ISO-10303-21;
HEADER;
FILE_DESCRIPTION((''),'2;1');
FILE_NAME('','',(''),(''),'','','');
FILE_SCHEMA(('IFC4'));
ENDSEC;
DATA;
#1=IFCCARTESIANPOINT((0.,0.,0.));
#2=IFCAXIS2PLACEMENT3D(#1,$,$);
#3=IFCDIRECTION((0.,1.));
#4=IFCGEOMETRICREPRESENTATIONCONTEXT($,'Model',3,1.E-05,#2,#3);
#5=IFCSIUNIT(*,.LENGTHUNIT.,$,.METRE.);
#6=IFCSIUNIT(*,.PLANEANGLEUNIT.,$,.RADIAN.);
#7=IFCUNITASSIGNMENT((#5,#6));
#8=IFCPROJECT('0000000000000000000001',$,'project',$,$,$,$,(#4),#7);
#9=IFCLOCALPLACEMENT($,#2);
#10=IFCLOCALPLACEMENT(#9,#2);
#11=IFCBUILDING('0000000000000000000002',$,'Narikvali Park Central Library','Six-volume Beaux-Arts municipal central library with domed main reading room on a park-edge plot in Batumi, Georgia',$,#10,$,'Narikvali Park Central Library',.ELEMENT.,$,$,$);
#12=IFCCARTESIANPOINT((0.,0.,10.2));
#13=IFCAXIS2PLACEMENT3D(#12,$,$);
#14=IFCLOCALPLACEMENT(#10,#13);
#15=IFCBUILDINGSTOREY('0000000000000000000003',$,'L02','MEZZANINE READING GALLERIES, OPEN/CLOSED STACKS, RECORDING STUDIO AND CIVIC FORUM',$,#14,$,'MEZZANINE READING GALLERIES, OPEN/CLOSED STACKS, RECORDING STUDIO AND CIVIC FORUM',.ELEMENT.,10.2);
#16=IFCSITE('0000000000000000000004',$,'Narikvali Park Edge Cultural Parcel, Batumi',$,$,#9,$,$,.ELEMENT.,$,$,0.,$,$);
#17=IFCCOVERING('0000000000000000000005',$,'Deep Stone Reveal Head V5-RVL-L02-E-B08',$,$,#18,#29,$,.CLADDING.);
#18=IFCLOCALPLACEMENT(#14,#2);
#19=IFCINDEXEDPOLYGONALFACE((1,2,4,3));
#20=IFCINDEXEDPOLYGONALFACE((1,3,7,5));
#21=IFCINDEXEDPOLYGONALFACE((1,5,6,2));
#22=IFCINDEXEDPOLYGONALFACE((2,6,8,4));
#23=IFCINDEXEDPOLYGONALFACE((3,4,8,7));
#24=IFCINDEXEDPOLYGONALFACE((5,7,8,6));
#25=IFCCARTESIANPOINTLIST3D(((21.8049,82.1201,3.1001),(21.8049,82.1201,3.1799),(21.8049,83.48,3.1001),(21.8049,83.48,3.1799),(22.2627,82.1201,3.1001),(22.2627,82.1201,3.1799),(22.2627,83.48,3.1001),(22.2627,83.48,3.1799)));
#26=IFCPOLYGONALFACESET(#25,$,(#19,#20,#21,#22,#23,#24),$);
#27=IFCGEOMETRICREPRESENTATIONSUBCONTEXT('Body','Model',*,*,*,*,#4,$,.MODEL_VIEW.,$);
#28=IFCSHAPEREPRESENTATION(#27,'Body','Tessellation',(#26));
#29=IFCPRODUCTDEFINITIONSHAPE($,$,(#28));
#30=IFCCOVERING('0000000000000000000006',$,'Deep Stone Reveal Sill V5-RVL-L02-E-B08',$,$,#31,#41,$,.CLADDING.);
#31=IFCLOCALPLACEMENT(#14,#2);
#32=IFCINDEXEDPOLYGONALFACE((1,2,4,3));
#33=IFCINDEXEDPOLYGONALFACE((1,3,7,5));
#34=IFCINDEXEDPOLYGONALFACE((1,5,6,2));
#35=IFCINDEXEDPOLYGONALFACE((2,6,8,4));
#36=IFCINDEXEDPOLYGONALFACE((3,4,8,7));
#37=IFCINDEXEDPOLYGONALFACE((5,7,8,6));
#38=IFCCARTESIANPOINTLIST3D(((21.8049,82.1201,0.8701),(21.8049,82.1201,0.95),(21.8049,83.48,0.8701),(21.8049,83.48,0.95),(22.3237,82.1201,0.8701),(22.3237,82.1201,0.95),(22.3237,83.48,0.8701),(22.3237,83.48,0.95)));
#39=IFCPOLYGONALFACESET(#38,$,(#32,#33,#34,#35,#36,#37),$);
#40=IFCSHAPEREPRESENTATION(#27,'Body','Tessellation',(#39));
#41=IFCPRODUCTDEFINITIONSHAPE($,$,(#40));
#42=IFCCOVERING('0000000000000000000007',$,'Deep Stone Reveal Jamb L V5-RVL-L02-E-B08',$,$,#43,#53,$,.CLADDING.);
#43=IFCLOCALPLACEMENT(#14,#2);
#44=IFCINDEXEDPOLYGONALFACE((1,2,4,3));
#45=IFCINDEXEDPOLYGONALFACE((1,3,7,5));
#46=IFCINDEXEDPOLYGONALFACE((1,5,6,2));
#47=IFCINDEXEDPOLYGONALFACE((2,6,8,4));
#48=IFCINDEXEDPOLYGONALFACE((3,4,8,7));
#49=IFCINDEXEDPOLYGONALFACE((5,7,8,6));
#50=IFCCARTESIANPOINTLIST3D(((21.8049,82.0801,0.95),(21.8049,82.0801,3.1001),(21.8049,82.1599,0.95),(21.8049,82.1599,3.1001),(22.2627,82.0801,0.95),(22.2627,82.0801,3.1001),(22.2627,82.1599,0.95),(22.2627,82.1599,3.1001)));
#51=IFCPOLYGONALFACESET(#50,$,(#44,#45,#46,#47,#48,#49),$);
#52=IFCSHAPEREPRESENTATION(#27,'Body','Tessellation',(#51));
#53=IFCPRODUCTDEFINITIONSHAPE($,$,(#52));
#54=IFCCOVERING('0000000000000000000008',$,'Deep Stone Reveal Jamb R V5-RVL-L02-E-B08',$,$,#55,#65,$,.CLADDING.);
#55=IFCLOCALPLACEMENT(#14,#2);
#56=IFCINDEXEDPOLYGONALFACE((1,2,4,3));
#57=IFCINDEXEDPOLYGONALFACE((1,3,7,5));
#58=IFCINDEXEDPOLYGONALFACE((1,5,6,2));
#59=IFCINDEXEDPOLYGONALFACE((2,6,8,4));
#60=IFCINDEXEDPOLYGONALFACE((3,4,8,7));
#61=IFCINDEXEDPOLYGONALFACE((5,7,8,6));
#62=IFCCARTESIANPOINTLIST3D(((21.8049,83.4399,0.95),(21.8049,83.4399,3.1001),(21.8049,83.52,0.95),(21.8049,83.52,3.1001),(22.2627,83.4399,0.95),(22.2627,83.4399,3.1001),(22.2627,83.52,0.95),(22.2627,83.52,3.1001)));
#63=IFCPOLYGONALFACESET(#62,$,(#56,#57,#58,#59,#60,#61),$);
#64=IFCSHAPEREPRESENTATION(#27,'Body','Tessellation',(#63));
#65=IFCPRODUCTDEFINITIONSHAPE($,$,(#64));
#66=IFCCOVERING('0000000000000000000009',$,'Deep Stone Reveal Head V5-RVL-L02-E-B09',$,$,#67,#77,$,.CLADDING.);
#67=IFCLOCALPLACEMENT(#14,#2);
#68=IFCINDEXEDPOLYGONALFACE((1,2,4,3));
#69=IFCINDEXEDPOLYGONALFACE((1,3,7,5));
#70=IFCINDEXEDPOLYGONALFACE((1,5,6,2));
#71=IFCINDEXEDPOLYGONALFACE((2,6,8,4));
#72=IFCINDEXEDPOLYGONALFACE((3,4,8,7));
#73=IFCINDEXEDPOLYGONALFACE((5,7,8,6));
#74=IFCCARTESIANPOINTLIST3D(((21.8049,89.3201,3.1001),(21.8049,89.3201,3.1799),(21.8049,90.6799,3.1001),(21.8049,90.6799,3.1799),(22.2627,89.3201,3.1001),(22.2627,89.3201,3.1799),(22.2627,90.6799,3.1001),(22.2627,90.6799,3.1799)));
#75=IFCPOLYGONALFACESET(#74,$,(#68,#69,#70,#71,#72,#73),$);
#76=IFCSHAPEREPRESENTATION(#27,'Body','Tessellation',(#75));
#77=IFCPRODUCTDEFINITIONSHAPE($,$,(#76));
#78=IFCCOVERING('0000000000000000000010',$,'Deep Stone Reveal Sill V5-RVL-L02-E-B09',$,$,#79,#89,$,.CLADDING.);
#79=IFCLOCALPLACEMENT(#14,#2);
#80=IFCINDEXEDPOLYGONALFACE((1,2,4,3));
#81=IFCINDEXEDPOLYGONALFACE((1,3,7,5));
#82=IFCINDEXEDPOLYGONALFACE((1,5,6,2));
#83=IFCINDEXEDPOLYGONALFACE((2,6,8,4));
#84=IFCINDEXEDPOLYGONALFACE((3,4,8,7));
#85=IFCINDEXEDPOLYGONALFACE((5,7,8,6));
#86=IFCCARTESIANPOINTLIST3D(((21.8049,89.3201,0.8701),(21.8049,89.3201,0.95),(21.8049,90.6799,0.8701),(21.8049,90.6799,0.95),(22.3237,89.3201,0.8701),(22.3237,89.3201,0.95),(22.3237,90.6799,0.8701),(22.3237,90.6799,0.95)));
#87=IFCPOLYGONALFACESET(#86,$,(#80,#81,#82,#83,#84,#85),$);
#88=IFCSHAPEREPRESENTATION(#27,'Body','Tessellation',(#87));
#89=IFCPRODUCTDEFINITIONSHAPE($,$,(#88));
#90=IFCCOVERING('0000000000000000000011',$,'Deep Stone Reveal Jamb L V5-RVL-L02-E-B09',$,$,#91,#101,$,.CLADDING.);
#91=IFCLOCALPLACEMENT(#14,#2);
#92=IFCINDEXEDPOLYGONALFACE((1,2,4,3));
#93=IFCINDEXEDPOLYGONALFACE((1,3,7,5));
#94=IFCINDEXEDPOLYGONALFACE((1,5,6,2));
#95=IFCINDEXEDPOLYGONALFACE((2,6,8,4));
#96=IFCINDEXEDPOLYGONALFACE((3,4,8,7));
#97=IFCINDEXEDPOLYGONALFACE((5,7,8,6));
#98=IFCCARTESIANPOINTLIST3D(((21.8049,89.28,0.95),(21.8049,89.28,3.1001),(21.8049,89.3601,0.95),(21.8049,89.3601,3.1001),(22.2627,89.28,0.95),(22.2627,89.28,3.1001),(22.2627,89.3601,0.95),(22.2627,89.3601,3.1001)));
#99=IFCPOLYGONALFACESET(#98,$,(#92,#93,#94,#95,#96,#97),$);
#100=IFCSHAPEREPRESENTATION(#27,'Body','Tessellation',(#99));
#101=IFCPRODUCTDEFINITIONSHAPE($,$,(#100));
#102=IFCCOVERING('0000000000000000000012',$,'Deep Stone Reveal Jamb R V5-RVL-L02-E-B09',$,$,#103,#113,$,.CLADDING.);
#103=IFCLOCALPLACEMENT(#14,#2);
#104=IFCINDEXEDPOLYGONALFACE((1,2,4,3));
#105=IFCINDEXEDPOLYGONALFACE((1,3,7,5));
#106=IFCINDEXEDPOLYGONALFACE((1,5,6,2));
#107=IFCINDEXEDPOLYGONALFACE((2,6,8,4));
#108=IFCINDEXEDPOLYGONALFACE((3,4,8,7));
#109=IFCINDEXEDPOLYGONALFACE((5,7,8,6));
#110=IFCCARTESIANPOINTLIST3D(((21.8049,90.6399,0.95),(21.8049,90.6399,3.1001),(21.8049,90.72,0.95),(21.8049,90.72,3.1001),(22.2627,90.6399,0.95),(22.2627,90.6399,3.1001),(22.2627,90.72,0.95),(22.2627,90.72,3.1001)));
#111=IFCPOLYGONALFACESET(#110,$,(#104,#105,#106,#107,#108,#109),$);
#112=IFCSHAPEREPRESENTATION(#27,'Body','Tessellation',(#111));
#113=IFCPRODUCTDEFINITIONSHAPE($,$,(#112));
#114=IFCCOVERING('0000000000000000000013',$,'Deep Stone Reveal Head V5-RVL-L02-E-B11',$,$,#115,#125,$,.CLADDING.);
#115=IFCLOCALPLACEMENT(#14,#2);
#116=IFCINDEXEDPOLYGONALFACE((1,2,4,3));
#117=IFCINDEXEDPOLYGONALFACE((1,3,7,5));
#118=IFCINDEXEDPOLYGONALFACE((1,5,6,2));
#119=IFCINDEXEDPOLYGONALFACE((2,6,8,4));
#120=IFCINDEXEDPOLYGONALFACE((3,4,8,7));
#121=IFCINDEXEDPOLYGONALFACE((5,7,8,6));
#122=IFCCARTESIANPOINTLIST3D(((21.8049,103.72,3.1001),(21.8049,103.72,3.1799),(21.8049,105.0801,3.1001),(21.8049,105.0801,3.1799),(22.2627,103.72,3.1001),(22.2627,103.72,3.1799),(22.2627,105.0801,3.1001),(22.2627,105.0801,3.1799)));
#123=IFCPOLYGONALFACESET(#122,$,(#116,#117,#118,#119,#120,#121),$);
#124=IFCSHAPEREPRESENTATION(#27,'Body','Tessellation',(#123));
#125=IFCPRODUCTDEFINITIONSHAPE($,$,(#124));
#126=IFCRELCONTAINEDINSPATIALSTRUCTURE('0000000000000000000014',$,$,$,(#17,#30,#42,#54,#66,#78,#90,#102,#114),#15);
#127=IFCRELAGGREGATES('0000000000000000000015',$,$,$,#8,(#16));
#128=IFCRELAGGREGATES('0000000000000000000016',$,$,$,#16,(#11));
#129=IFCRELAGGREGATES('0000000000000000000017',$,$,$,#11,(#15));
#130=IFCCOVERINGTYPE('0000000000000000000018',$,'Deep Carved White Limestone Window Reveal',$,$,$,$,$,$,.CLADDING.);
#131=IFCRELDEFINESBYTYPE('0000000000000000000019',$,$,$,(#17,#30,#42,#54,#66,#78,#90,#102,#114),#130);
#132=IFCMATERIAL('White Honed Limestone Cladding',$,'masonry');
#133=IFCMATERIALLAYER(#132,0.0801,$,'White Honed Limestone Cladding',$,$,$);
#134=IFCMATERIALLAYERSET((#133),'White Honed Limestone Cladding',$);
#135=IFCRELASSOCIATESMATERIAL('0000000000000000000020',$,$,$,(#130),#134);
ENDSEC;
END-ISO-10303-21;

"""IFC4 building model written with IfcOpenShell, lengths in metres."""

from ifc_helpers import new_model, si_unit, direction, frame, origin, place, context, subcontext, project, spatial, polyline, outline, extrude, material, layer, layer_set, type_object, element, save


model = new_model("IFC4")

# Units and contexts
model_context = context("Model", 3, precision=1e-05, world=origin(), true_north=direction((0.0, 1.0)))
body_context = subcontext(model_context, "Body", "Model", "MODEL_VIEW")
ifc_project = project(units=[si_unit("LENGTHUNIT", "METRE"), si_unit("PLANEANGLEUNIT", "RADIAN")], contexts=[model_context])

# Site, building, storey
site_placement = place(None, origin())
site = spatial("IfcSite", under=ifc_project, at=site_placement, Name="Narikvali Park Edge Cultural Parcel, Batumi", CompositionType="ELEMENT", RefElevation=0.0)
building_placement = place(site_placement, origin())
building = spatial("IfcBuilding", under=site, at=building_placement, Name="Narikvali Park Central Library", Description="Six-volume Beaux-Arts municipal central library with domed main reading room on a park-edge plot in Batumi, Georgia", LongName="Narikvali Park Central Library", CompositionType="ELEMENT")
storey_placement = place(building_placement, frame((0.0, 0.0, 10.2)))
storey = spatial("IfcBuildingStorey", under=building, at=storey_placement, Name="L02", Description="MEZZANINE READING GALLERIES, OPEN/CLOSED STACKS, RECORDING STUDIO AND CIVIC FORUM", LongName="MEZZANINE READING GALLERIES, OPEN/CLOSED STACKS, RECORDING STUDIO AND CIVIC FORUM", CompositionType="ELEMENT", Elevation=10.2)

# Coverings
ifc_material = material(Name="White Honed Limestone Cladding", Category="masonry")
ifc_layer = layer(ifc_material, 0.0801, Name="White Honed Limestone Cladding")
ifc_layer_set = layer_set([ifc_layer], Name="White Honed Limestone Cladding")
covering_type = type_object("IfcCoveringType", Name="Deep Carved White Limestone Window Reveal", PredefinedType="CLADDING", material=ifc_layer_set)
covering_1_placement = place(storey_placement, frame((0.0, 0.0, 3.1001)))
element("IfcCovering", 1, at=covering_1_placement, inside=storey, type_object=covering_type, Name="Deep Stone Reveal Head V5-RVL-L02-E-B08", PredefinedType="CLADDING", context=body_context, shape_type="SweptSolid", body=[
    extrude(outline(polyline([(21.8049, 82.1201), (21.8049, 83.48), (22.2627, 83.48), (22.2627, 82.1201), (21.8049, 82.1201)])), origin(), (0.0, 0.0, 1.0), 0.0798),
])
covering_2_placement = place(storey_placement, frame((0.0, 0.0, 0.8701)))
element("IfcCovering", 2, at=covering_2_placement, inside=storey, type_object=covering_type, Name="Deep Stone Reveal Sill V5-RVL-L02-E-B08", PredefinedType="CLADDING", context=body_context, shape_type="SweptSolid", body=[
    extrude(outline(polyline([(21.8049, 82.1201), (21.8049, 83.48), (22.3237, 83.48), (22.3237, 82.1201), (21.8049, 82.1201)])), origin(), (0.0, 0.0, 1.0), 0.0798),
])
covering_3_placement = place(storey_placement, frame((0.0, 0.0, 0.95)))
element("IfcCovering", 3, at=covering_3_placement, inside=storey, type_object=covering_type, Name="Deep Stone Reveal Jamb L V5-RVL-L02-E-B08", PredefinedType="CLADDING", context=body_context, shape_type="SweptSolid", body=[
    extrude(outline(polyline([(21.8049, 82.0801), (21.8049, 82.1599), (22.2627, 82.1599), (22.2627, 82.0801), (21.8049, 82.0801)])), origin(), (0.0, 0.0, 1.0), 2.1501),
])
covering_4_placement = place(storey_placement, frame((0.0, 0.0, 0.95)))
element("IfcCovering", 4, at=covering_4_placement, inside=storey, type_object=covering_type, Name="Deep Stone Reveal Jamb R V5-RVL-L02-E-B08", PredefinedType="CLADDING", context=body_context, shape_type="SweptSolid", body=[
    extrude(outline(polyline([(21.8049, 83.4399), (21.8049, 83.52), (22.2627, 83.52), (22.2627, 83.4399), (21.8049, 83.4399)])), origin(), (0.0, 0.0, 1.0), 2.1501),
])
covering_5_placement = place(storey_placement, frame((0.0, 0.0, 3.1001)))
element("IfcCovering", 5, at=covering_5_placement, inside=storey, type_object=covering_type, Name="Deep Stone Reveal Head V5-RVL-L02-E-B09", PredefinedType="CLADDING", context=body_context, shape_type="SweptSolid", body=[
    extrude(outline(polyline([(21.8049, 89.3201), (21.8049, 90.6799), (22.2627, 90.6799), (22.2627, 89.3201), (21.8049, 89.3201)])), origin(), (0.0, 0.0, 1.0), 0.0798),
])
covering_6_placement = place(storey_placement, frame((0.0, 0.0, 0.8701)))
element("IfcCovering", 6, at=covering_6_placement, inside=storey, type_object=covering_type, Name="Deep Stone Reveal Sill V5-RVL-L02-E-B09", PredefinedType="CLADDING", context=body_context, shape_type="SweptSolid", body=[
    extrude(outline(polyline([(21.8049, 89.3201), (21.8049, 90.6799), (22.3237, 90.6799), (22.3237, 89.3201), (21.8049, 89.3201)])), origin(), (0.0, 0.0, 1.0), 0.0798),
])
covering_7_placement = place(storey_placement, frame((0.0, 0.0, 0.95)))
element("IfcCovering", 7, at=covering_7_placement, inside=storey, type_object=covering_type, Name="Deep Stone Reveal Jamb L V5-RVL-L02-E-B09", PredefinedType="CLADDING", context=body_context, shape_type="SweptSolid", body=[
    extrude(outline(polyline([(21.8049, 89.28), (21.8049, 89.3601), (22.2627, 89.3601), (22.2627, 89.28), (21.8049, 89.28)])), origin(), (0.0, 0.0, 1.0), 2.1501),
])
covering_8_placement = place(storey_placement, frame((0.0, 0.0, 0.95)))
element("IfcCovering", 8, at=covering_8_placement, inside=storey, type_object=covering_type, Name="Deep Stone Reveal Jamb R V5-RVL-L02-E-B09", PredefinedType="CLADDING", context=body_context, shape_type="SweptSolid", body=[
    extrude(outline(polyline([(21.8049, 90.6399), (21.8049, 90.72), (22.2627, 90.72), (22.2627, 90.6399), (21.8049, 90.6399)])), origin(), (0.0, 0.0, 1.0), 2.1501),
])
covering_9_placement = place(storey_placement, frame((0.0, 0.0, 3.1001)))
element("IfcCovering", 9, at=covering_9_placement, inside=storey, type_object=covering_type, Name="Deep Stone Reveal Head V5-RVL-L02-E-B11", PredefinedType="CLADDING", context=body_context, shape_type="SweptSolid", body=[
    extrude(outline(polyline([(21.8049, 103.72), (21.8049, 105.0801), (22.2627, 105.0801), (22.2627, 103.72), (21.8049, 103.72)])), origin(), (0.0, 0.0, 1.0), 0.0798),
])

save(model, "model.ifc")
